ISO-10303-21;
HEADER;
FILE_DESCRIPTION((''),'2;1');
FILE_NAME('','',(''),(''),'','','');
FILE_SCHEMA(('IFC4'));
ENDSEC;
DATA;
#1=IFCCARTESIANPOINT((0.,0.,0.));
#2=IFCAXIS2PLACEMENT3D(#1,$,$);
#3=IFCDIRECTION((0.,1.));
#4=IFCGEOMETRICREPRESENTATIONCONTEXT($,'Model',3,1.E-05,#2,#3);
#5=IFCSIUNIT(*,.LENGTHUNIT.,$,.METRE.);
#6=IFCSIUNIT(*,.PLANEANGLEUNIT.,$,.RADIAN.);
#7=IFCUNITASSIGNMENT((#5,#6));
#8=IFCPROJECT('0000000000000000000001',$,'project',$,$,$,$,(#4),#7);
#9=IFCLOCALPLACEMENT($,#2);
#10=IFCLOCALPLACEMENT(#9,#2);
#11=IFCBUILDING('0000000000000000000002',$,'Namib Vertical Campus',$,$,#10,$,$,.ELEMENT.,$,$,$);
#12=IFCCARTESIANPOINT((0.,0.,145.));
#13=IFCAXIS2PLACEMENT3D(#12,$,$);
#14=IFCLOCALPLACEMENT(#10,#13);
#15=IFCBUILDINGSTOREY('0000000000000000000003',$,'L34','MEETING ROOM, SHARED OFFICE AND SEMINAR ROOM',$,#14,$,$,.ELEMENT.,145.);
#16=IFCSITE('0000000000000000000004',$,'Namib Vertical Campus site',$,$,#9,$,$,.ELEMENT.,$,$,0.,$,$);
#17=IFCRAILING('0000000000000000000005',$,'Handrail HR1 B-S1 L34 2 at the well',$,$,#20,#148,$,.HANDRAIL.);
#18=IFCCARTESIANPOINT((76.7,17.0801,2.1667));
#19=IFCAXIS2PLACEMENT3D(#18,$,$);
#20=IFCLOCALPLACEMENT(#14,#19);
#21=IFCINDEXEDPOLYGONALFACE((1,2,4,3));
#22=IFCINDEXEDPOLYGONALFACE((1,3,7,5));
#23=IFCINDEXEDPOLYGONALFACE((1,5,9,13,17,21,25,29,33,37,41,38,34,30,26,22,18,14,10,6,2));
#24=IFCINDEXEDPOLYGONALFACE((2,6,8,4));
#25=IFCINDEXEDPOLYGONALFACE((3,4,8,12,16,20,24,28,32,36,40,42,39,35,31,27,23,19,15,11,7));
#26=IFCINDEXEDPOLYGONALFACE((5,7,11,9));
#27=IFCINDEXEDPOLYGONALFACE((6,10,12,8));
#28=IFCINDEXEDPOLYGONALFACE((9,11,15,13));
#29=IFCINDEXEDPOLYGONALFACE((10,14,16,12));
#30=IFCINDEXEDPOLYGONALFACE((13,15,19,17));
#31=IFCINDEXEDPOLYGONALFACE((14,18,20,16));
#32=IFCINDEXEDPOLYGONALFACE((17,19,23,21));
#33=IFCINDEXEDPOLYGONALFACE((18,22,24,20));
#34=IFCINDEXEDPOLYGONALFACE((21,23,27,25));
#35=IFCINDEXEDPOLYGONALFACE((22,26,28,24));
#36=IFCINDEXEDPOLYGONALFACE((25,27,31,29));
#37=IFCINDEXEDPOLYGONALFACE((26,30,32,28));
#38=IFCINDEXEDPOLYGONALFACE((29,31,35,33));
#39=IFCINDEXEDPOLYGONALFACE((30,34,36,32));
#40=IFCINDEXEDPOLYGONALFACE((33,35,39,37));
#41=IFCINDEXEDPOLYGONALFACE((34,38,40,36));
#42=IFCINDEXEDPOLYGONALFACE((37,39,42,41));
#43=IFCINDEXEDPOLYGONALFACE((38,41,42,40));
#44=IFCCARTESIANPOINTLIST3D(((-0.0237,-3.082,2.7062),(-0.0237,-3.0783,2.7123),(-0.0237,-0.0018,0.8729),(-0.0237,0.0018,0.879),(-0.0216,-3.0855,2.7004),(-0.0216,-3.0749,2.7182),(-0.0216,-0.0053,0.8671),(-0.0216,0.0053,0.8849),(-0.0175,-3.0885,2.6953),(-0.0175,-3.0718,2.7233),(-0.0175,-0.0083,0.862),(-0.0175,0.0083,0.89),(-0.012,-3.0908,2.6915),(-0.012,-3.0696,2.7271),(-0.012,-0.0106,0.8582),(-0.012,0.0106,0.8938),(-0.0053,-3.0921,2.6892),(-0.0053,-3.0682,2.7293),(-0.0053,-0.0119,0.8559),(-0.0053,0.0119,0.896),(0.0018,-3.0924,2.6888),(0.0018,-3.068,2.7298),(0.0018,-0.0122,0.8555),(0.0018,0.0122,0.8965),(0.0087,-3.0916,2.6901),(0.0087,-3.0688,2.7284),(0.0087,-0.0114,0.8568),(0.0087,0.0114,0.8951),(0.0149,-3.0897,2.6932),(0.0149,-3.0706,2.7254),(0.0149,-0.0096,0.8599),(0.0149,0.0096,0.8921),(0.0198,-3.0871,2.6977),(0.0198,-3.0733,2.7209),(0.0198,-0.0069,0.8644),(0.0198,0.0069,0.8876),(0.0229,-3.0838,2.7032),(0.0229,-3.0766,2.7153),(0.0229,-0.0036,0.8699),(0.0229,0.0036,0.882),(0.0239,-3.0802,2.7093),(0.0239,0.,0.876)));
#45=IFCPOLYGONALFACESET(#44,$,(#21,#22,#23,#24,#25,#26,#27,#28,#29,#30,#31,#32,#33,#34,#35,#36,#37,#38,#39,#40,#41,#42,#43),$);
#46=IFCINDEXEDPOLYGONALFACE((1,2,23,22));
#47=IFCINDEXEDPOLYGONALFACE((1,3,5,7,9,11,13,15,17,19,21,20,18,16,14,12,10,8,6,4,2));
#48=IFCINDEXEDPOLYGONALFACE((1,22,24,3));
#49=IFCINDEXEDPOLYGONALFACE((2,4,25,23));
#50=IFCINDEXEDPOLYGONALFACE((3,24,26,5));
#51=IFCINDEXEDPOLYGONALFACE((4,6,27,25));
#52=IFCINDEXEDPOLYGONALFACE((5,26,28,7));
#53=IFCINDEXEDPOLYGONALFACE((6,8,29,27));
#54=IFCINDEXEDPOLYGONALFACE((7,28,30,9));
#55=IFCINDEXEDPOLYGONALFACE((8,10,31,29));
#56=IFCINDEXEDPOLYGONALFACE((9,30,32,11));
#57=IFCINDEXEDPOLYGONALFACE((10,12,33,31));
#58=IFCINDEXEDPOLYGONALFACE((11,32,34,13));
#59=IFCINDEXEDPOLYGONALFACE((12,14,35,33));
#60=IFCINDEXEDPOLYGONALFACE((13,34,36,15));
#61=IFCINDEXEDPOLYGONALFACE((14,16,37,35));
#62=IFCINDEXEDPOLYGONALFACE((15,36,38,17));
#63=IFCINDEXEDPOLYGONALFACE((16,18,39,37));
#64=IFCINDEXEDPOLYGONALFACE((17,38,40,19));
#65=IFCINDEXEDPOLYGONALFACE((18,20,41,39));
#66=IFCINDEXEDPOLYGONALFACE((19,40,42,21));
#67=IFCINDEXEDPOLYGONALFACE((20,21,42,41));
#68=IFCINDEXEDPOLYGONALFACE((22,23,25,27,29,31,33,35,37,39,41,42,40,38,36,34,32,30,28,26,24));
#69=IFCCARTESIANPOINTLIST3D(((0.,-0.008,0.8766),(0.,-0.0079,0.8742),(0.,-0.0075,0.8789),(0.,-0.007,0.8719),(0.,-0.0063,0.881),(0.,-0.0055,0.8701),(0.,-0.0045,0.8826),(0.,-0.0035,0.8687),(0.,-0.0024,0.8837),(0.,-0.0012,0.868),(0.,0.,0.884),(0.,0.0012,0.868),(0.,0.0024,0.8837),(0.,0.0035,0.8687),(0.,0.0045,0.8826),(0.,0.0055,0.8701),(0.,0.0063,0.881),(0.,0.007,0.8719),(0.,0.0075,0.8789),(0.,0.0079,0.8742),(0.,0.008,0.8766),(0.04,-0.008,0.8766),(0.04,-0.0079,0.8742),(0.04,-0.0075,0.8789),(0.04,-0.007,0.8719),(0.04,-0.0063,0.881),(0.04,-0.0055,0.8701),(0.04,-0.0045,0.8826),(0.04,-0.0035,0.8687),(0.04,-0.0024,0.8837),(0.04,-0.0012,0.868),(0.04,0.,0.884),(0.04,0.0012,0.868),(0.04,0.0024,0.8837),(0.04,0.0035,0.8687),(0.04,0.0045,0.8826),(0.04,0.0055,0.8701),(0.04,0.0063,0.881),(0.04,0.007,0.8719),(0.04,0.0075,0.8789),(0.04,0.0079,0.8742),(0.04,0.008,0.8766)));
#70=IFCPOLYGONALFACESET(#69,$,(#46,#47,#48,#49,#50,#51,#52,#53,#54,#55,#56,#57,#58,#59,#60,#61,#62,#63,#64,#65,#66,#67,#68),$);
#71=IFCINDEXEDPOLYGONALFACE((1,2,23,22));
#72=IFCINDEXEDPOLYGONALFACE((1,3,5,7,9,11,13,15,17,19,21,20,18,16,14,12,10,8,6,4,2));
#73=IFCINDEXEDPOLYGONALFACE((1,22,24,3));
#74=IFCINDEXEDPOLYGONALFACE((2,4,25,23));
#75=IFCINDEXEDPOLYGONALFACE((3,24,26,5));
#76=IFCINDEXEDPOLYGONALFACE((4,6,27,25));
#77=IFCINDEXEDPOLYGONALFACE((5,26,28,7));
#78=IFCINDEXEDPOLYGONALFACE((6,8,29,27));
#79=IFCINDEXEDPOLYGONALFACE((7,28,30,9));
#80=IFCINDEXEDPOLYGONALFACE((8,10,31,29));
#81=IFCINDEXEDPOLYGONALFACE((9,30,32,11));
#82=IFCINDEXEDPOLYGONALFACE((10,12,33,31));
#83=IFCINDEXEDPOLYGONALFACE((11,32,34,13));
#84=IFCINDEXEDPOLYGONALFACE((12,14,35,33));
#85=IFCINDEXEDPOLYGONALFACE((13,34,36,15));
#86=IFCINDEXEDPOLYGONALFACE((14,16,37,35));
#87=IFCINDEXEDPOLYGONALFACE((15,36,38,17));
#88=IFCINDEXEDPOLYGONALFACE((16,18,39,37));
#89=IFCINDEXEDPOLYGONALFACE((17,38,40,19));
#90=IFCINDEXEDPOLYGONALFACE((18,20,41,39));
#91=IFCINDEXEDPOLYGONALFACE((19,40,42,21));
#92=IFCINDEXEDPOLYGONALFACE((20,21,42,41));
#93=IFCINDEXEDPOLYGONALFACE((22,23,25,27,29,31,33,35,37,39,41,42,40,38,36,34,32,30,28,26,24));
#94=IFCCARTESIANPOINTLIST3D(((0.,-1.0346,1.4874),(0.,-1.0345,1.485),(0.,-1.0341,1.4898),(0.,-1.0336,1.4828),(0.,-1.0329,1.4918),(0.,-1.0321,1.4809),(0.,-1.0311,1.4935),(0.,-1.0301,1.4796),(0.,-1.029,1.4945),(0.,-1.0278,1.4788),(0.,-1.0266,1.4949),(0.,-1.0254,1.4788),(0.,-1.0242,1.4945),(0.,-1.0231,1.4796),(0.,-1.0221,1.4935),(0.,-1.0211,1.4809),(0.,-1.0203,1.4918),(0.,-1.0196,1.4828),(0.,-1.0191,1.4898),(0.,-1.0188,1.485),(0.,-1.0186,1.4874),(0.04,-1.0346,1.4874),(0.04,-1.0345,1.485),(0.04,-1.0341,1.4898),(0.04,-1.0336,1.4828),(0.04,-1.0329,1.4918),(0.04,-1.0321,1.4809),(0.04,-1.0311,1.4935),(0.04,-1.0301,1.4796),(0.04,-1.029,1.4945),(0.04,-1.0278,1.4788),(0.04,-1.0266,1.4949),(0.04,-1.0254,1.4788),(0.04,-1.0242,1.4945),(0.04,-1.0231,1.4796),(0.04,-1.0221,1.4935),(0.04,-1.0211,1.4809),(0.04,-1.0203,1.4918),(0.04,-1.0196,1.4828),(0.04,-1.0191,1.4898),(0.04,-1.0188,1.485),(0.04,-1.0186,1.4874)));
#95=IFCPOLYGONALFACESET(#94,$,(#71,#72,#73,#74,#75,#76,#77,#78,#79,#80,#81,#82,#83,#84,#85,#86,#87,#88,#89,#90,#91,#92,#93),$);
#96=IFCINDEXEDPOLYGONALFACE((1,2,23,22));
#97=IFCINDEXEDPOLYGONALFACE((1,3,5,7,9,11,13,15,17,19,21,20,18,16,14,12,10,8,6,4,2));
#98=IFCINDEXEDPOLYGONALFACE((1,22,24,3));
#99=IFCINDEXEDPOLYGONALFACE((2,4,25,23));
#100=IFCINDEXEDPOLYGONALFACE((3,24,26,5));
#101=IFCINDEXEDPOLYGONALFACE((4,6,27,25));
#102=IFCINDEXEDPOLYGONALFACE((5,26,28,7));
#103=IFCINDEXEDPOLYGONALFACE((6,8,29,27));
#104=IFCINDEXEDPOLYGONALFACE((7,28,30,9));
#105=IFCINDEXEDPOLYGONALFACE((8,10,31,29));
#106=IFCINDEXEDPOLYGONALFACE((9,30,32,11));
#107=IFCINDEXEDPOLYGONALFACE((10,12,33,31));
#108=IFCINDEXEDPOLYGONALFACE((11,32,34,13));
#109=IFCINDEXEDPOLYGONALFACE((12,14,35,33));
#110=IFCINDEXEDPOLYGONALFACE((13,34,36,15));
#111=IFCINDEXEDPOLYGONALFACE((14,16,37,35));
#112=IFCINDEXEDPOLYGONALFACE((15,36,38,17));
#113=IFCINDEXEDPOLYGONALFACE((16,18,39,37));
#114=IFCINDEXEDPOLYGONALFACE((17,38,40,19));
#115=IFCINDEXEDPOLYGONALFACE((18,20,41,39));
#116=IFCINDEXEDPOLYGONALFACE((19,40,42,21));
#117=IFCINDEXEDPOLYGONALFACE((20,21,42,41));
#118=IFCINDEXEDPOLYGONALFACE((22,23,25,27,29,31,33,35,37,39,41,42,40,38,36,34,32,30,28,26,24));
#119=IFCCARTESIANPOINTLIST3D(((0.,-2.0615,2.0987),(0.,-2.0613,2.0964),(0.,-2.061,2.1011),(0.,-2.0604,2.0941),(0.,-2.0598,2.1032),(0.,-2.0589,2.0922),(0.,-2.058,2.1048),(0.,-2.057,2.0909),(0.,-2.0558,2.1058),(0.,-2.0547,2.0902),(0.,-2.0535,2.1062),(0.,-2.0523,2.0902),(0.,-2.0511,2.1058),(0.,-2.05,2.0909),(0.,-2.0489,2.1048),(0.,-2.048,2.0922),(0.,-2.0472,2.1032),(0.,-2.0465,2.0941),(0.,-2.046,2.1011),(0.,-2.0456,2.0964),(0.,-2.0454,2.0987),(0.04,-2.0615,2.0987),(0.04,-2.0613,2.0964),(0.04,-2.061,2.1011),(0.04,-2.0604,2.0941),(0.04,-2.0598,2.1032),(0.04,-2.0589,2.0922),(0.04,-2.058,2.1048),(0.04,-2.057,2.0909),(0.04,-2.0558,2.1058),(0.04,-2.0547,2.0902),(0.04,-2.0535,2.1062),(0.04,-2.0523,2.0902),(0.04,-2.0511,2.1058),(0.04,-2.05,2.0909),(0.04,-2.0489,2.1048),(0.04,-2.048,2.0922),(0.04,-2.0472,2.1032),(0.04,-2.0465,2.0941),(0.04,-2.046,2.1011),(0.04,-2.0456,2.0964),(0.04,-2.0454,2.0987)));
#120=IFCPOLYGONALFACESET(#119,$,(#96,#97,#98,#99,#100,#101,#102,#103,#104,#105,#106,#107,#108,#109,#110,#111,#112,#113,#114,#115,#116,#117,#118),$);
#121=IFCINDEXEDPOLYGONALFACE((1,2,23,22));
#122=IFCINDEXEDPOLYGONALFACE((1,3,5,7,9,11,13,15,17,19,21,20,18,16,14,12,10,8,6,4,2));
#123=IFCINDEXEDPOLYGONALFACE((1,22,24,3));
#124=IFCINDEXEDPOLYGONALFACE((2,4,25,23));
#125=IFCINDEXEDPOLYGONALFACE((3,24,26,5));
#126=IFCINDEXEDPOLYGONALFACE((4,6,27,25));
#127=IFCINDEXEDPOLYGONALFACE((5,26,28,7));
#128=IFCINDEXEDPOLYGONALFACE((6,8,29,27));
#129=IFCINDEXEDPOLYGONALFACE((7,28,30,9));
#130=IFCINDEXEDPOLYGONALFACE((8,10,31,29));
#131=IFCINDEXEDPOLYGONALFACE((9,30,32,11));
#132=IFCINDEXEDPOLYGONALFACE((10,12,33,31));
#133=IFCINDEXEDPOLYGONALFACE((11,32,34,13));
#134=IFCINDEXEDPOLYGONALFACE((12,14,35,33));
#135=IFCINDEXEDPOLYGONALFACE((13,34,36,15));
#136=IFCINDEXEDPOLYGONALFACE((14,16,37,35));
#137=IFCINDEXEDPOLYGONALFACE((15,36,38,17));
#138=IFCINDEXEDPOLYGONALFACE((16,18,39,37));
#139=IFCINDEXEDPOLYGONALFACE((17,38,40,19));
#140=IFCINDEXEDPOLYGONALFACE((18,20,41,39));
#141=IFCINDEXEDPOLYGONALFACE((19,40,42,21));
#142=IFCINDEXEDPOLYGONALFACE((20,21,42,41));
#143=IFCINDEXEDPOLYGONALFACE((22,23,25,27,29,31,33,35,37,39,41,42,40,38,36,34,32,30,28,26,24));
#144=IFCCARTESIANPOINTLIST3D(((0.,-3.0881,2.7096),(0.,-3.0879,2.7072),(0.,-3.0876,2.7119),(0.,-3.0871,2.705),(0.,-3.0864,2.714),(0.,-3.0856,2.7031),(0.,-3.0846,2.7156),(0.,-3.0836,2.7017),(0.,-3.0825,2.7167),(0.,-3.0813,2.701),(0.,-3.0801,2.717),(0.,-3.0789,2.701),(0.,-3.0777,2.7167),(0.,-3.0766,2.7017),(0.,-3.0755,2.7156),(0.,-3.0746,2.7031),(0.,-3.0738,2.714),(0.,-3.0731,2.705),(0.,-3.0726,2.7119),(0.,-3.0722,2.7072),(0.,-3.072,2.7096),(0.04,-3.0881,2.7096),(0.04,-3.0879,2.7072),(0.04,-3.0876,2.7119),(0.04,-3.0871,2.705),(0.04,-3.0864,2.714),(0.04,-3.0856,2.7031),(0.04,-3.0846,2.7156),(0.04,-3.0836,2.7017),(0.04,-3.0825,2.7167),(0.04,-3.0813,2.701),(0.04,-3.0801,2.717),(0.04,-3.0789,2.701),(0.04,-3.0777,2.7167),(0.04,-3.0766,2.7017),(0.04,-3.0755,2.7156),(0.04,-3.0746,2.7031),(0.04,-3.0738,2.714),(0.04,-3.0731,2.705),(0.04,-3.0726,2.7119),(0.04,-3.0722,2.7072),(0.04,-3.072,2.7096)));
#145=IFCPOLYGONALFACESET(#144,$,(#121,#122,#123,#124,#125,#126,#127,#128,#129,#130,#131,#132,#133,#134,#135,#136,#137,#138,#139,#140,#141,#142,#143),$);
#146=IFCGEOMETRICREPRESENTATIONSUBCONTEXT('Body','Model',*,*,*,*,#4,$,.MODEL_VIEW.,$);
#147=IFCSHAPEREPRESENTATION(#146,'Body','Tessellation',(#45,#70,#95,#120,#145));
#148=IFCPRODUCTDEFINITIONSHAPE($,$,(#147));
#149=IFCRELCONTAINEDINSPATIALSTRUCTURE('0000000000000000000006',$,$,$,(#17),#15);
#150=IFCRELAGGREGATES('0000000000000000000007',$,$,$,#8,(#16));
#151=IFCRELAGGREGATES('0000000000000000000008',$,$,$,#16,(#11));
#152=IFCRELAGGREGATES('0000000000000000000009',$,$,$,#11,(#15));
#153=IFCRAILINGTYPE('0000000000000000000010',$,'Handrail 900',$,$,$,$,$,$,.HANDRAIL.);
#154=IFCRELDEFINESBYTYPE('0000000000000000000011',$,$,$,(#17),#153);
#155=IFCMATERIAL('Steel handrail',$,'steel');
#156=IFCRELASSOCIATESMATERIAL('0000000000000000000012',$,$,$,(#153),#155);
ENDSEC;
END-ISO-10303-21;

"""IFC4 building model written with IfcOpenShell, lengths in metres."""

from ifc_helpers import new_model, si_unit, direction, frame, origin, origin_2d, place, context, subcontext, project, spatial, circle, extrude, material, type_object, element, save


model = new_model("IFC4")

# Units and contexts
model_context = context("Model", 3, precision=1e-05, world=origin(), true_north=direction((0.0, 1.0)))
body_context = subcontext(model_context, "Body", "Model", "MODEL_VIEW")
ifc_project = project(units=[si_unit("LENGTHUNIT", "METRE"), si_unit("PLANEANGLEUNIT", "RADIAN")], contexts=[model_context])

# Site, building, storey
site_placement = place(None, origin())
site = spatial("IfcSite", under=ifc_project, at=site_placement, Name="Namib Vertical Campus site", CompositionType="ELEMENT", RefElevation=0.0)
building_placement = place(site_placement, origin())
building = spatial("IfcBuilding", under=site, at=building_placement, Name="Namib Vertical Campus", CompositionType="ELEMENT")
storey_placement = place(building_placement, frame((0.0, 0.0, 145.0)))
storey = spatial("IfcBuildingStorey", under=building, at=storey_placement, Name="L34", Description="MEETING ROOM, SHARED OFFICE AND SEMINAR ROOM", CompositionType="ELEMENT", Elevation=145.0)

# Railing
ifc_material_1 = material(Name="Steel handrail", Category="steel")
railing_type_1 = type_object("IfcRailingType", Name="Handrail 900", PredefinedType="HANDRAIL", material=ifc_material_1)
railing_1_placement = place(storey_placement, frame((76.7, 17.0801, 2.1667)))
element("IfcRailing", 1, at=railing_1_placement, inside=storey, type_object=railing_type_1, Name="Handrail HR1 B-S1 L34 2 at the well", PredefinedType="HANDRAIL", context=body_context, shape_type="SweptSolid", body=[
    extrude(circle(Radius=0.0239, at=origin_2d()), frame((0.0, 0.0, 0.876), z_axis=(0.0, -0.859309, 0.511458), x_axis=(1.0, 0.0, 0.0)), (0.0, 0.0, 1.0), 3.5845),
    extrude(circle(Radius=0.0081, at=origin_2d()), frame((0.0, 0.0, 0.876), z_axis=(1.0, 0.0, 0.0), x_axis=(0.0, 0.0, 1.0)), (0.0, 0.0, 1.0), 0.04),
    extrude(circle(Radius=0.0081, at=origin_2d()), frame((0.0, -1.0266, 1.4868), z_axis=(1.0, 0.0, 0.0), x_axis=(0.0, 0.0, 1.0)), (0.0, 0.0, 1.0), 0.04),
    extrude(circle(Radius=0.0081, at=origin_2d()), frame((0.0, -2.0535, 2.0981), z_axis=(1.0, 0.0, 0.0), x_axis=(0.0, 0.0, 1.0)), (0.0, 0.0, 1.0), 0.04),
    extrude(circle(Radius=0.0081, at=origin_2d()), frame((0.0, -3.0801, 2.709), z_axis=(1.0, 0.0, 0.0), x_axis=(0.0, 0.0, 1.0)), (0.0, 0.0, 1.0), 0.04),
])

save(model, "model.ifc")
